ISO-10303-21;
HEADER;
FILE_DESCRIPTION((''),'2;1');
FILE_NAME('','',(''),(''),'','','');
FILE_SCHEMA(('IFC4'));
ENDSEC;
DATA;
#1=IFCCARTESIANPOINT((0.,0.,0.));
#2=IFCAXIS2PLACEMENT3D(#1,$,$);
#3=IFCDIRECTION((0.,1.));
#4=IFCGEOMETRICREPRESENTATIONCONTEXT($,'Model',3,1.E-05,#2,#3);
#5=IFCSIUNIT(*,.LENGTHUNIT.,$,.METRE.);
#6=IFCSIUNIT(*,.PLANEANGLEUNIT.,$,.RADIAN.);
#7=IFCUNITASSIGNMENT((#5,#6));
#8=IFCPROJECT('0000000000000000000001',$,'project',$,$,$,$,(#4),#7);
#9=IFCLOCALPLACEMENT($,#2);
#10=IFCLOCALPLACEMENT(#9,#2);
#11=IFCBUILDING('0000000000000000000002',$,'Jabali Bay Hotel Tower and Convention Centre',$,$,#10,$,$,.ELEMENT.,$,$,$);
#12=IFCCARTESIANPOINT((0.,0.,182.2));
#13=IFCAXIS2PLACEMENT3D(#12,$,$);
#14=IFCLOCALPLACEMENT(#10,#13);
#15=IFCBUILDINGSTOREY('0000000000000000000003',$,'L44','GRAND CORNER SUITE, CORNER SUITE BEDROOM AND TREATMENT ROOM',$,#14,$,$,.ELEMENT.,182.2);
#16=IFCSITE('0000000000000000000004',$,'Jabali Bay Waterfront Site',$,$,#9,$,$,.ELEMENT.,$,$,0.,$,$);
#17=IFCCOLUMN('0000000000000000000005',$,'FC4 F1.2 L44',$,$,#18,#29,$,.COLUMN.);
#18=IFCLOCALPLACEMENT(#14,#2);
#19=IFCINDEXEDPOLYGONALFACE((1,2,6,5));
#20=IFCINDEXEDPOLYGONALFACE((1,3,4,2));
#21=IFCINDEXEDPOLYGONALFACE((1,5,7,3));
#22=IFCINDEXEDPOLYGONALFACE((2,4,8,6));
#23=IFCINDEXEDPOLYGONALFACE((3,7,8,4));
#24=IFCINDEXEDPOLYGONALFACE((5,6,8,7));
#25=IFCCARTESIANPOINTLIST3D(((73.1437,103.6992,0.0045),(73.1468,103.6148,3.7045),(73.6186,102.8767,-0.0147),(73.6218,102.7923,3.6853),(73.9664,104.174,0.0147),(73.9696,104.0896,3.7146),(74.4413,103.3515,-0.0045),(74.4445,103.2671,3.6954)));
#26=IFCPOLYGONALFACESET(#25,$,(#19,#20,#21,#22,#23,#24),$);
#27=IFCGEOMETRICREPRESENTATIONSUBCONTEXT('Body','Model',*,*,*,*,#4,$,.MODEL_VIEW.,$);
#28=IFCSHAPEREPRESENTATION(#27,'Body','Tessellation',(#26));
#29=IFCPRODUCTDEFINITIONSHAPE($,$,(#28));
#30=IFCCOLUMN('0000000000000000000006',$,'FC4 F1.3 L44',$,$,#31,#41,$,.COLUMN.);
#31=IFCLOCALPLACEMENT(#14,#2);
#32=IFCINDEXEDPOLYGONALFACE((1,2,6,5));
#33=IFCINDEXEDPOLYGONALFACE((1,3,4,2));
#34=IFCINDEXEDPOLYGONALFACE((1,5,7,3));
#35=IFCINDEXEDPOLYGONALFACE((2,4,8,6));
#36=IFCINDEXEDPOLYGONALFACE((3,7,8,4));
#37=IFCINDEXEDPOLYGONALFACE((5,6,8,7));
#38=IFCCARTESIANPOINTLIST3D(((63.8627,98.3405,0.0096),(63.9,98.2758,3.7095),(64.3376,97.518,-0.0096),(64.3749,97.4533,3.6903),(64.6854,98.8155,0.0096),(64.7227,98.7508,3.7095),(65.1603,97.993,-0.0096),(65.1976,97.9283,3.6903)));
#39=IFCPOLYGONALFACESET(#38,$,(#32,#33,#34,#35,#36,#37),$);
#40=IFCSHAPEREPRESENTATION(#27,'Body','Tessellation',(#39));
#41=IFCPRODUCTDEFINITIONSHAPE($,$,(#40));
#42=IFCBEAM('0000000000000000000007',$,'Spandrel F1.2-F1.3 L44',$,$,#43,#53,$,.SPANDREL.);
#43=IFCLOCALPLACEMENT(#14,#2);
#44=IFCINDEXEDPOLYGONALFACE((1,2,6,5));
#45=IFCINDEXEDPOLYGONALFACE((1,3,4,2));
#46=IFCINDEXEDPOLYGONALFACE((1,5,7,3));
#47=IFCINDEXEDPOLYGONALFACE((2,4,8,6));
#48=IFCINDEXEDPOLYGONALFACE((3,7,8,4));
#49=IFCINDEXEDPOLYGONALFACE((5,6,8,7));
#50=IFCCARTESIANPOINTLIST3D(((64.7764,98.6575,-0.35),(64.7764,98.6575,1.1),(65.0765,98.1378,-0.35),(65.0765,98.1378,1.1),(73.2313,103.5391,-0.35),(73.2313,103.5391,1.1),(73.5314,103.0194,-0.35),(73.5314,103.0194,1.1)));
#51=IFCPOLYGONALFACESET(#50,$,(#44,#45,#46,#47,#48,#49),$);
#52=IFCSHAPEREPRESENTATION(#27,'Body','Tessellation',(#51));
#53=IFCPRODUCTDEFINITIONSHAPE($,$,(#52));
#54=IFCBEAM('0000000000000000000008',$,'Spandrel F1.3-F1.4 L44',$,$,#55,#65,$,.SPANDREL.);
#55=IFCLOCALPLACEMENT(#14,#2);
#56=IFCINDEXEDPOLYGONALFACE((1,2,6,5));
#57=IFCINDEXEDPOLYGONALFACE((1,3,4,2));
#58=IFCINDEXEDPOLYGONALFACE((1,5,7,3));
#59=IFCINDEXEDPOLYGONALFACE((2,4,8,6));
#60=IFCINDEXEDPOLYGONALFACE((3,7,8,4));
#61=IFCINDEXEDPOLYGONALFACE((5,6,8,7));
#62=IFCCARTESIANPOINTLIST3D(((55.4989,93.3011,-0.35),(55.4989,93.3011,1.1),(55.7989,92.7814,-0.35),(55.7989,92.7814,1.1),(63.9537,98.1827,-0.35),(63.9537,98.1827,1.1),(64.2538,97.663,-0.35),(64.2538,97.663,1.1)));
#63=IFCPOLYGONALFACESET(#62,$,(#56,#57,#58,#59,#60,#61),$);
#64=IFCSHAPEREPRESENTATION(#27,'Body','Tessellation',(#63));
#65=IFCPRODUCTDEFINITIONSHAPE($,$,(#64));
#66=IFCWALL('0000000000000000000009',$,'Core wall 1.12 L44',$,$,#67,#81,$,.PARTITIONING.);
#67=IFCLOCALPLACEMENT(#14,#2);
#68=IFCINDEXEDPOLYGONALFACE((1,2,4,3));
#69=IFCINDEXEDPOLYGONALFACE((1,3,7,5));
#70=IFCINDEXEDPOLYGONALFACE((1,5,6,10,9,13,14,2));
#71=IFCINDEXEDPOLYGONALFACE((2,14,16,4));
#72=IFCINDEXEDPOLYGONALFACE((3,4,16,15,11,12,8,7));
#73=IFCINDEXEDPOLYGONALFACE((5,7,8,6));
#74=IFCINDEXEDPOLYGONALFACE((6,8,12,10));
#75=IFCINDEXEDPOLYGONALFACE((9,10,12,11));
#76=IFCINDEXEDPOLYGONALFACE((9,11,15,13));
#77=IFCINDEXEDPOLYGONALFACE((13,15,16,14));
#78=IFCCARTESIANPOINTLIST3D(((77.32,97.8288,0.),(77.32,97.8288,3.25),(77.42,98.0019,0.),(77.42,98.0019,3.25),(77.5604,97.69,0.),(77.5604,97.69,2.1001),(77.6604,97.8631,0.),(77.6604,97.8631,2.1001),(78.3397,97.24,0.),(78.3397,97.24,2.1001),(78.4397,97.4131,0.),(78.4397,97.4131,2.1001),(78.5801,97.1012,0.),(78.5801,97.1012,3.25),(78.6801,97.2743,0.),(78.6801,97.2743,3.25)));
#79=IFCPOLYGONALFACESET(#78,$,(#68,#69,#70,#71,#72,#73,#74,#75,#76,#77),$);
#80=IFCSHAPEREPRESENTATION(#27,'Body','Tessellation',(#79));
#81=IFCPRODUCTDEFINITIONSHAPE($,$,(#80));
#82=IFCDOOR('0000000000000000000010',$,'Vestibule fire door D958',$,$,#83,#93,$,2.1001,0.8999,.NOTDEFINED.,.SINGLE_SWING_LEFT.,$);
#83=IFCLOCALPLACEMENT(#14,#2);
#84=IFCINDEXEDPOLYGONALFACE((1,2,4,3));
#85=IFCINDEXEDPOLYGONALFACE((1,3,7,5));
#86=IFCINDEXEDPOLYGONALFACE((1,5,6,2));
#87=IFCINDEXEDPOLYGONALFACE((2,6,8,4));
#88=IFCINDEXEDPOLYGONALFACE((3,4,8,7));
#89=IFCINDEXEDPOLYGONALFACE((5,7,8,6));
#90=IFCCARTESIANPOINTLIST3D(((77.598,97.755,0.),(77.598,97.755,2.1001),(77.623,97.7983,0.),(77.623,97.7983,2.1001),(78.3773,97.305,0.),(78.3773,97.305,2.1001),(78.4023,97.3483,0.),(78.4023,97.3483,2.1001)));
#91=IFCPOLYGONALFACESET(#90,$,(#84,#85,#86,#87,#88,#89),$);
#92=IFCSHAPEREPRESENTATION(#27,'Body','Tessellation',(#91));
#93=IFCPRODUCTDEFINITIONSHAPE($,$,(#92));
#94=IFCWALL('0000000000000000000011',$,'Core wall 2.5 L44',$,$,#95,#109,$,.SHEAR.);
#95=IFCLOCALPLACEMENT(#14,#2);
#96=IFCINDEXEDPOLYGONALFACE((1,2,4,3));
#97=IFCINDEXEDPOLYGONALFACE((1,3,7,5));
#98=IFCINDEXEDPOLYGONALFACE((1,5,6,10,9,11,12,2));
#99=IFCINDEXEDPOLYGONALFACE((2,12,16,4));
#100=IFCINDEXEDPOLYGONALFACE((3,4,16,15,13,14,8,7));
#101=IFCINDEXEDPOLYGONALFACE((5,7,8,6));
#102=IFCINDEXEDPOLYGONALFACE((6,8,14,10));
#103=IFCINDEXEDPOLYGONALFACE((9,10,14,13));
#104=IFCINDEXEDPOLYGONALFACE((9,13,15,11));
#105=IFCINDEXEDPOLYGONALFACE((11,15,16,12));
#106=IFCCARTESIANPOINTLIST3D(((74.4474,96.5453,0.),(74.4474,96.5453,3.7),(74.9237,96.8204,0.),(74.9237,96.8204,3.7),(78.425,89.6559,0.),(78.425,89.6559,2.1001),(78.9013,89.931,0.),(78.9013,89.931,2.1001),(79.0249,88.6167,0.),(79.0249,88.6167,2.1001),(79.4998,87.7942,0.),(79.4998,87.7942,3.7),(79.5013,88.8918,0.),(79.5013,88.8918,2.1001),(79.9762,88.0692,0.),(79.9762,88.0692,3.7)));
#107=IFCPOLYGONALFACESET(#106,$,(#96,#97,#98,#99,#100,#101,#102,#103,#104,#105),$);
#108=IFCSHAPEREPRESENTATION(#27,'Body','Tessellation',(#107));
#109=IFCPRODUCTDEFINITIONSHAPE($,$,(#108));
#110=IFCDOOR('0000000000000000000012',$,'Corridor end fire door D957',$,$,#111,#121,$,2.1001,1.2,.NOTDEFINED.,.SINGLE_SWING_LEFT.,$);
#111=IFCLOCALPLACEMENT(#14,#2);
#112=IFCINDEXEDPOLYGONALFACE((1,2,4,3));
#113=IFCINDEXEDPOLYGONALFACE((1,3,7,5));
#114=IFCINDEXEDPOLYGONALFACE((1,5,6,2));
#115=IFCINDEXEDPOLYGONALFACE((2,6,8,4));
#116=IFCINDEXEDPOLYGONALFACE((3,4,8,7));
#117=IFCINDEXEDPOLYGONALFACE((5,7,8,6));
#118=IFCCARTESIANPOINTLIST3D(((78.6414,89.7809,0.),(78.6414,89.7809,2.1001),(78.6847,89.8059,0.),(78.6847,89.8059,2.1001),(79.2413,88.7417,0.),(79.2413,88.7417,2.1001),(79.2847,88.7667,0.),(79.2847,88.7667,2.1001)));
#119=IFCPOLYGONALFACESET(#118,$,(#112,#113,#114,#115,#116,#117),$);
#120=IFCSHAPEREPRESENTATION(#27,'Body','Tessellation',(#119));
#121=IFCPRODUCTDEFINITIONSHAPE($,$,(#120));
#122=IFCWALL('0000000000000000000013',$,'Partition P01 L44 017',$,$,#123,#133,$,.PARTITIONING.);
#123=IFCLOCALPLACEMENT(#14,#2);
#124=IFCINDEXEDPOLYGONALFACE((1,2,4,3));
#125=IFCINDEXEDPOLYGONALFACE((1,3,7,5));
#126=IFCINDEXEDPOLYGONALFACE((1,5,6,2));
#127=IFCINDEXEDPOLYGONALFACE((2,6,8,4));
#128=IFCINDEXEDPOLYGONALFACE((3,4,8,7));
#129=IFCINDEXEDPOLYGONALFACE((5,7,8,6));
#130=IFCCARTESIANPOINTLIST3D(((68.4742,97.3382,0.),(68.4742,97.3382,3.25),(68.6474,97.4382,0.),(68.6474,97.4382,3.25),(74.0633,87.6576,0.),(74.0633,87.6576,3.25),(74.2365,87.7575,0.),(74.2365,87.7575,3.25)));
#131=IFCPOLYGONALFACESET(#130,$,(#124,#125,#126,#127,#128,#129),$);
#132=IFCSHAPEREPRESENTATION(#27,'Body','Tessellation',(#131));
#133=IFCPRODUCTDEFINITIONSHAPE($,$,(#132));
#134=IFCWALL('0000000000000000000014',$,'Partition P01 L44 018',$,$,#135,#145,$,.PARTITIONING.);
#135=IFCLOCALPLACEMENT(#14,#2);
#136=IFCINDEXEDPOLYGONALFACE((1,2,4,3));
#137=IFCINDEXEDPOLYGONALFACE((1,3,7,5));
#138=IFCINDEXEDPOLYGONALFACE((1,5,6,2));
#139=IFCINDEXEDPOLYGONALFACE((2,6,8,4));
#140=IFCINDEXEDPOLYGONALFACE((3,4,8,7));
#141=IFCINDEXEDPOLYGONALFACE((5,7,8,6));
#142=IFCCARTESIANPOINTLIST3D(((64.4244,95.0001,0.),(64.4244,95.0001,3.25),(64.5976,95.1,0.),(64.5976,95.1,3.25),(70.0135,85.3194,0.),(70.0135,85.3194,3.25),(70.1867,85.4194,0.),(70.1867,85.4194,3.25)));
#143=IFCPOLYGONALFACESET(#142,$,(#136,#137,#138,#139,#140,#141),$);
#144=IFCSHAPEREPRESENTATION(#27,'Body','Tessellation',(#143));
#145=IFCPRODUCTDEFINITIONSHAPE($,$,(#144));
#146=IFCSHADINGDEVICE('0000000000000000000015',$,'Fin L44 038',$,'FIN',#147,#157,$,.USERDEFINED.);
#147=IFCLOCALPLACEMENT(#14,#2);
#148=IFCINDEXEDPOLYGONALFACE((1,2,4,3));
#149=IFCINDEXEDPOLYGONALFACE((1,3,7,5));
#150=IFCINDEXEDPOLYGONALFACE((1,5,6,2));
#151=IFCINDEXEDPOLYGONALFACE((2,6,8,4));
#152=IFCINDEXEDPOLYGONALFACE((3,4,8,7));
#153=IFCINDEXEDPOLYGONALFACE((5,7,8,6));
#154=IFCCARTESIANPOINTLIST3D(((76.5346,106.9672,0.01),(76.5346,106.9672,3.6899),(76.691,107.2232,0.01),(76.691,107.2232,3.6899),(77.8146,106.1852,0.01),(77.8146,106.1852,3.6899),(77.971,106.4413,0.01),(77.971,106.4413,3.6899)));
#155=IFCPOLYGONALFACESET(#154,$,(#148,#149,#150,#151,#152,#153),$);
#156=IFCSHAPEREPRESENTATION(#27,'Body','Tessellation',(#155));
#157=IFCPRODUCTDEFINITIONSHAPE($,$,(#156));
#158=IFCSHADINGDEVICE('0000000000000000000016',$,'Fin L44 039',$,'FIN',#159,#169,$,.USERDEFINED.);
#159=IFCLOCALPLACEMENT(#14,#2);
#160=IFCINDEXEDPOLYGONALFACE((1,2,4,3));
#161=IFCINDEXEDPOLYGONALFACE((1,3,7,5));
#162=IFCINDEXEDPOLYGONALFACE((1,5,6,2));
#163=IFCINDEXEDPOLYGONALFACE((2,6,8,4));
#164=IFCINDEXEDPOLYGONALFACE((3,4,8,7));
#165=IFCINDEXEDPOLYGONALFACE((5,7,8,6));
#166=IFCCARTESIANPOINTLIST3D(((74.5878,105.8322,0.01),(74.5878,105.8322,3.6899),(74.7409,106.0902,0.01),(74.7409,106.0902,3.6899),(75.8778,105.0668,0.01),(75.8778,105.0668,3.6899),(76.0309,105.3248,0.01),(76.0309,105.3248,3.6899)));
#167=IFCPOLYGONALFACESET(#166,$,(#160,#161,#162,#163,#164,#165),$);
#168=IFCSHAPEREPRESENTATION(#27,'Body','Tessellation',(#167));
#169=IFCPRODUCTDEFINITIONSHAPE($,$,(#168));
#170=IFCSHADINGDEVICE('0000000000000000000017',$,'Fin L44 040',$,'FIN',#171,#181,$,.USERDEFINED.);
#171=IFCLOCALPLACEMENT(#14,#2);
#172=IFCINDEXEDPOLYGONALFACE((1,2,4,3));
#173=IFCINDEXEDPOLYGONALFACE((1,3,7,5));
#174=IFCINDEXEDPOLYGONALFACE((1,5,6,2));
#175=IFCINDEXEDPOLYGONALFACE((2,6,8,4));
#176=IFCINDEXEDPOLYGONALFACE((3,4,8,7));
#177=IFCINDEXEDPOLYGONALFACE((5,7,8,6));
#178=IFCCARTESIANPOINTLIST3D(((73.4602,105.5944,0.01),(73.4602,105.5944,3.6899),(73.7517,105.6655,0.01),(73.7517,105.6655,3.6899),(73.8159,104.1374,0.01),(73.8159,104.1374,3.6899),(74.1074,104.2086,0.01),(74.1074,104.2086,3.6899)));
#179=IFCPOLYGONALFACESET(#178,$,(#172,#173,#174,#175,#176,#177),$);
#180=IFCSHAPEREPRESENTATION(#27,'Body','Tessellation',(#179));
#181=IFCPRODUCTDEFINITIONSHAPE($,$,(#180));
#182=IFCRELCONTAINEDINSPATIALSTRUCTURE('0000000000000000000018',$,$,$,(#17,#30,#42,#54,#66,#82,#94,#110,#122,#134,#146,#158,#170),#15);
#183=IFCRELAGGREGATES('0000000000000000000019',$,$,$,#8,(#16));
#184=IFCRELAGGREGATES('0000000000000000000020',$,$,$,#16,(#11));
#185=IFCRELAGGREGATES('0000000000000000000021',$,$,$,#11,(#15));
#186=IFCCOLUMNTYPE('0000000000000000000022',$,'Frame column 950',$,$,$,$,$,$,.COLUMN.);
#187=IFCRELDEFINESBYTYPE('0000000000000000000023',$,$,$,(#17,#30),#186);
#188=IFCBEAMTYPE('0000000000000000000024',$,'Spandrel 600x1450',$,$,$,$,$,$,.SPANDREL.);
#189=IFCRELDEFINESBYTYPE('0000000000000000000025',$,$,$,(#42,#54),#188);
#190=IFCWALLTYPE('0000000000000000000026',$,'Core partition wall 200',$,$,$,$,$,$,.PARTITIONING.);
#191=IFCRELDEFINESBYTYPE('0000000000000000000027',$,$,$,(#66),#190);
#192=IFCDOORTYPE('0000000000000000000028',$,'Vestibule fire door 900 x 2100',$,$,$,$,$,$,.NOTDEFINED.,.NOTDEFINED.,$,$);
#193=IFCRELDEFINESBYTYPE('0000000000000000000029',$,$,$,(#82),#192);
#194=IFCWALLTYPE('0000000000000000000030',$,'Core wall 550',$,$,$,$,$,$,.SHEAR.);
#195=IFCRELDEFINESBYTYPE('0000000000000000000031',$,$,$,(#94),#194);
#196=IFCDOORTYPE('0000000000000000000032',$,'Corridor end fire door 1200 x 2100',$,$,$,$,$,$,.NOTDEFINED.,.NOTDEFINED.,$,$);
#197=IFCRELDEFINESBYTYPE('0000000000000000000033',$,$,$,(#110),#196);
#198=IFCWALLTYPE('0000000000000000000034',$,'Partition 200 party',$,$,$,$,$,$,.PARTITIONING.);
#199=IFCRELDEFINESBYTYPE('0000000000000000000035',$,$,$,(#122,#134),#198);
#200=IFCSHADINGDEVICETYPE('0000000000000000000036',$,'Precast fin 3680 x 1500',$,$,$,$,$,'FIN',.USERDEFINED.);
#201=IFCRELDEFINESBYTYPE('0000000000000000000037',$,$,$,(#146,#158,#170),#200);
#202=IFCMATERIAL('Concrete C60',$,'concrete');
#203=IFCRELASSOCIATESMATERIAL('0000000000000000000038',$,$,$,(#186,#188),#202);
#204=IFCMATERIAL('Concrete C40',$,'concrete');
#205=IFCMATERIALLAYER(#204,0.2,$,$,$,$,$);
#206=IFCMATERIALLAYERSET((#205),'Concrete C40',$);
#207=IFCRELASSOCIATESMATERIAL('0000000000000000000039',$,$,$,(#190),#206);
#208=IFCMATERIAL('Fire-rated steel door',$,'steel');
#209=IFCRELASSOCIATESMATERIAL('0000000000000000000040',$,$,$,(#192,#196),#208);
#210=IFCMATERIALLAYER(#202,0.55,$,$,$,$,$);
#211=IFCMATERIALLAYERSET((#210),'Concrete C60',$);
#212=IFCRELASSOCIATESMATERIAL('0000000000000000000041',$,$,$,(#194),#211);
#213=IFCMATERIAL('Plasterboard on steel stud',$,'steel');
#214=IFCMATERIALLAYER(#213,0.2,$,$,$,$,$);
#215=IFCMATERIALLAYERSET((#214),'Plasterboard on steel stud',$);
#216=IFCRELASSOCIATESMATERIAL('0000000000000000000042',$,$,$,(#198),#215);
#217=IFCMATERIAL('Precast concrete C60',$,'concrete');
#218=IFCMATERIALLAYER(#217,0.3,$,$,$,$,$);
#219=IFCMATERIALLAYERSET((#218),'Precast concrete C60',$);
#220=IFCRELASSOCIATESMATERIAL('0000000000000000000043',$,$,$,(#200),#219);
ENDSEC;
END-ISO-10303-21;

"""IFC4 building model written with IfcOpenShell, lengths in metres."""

from ifc_helpers import new_model, si_unit, direction, frame, frame_2d, origin, origin_2d, place, context, subcontext, project, spatial, rectangle, extrude, material, layer, layer_set, material_profile, profile_set, type_object, element, fill, save


model = new_model("IFC4")

# Units and contexts
model_context = context("Model", 3, precision=1e-05, world=origin(), true_north=direction((0.0, 1.0)))
body_context = subcontext(model_context, "Body", "Model", "MODEL_VIEW")
ifc_project = project(units=[si_unit("LENGTHUNIT", "METRE"), si_unit("PLANEANGLEUNIT", "RADIAN")], contexts=[model_context])

# Site, building, storey
site_placement = place(None, origin())
site = spatial("IfcSite", under=ifc_project, at=site_placement, Name="Jabali Bay Waterfront Site", CompositionType="ELEMENT", RefElevation=0.0)
building_placement = place(site_placement, origin())
building = spatial("IfcBuilding", under=site, at=building_placement, Name="Jabali Bay Hotel Tower and Convention Centre", CompositionType="ELEMENT")
storey_placement = place(building_placement, frame((0.0, 0.0, 182.2)))
storey = spatial("IfcBuildingStorey", under=building, at=storey_placement, Name="L44", Description="GRAND CORNER SUITE, CORNER SUITE BEDROOM AND TREATMENT ROOM", CompositionType="ELEMENT", Elevation=182.2)

# Columns
ifc_material_1 = material(Name="Concrete C60", Category="concrete")
ifc_material_profile_1 = material_profile(ifc_material_1, rectangle(XDim=0.95, YDim=0.95, at=origin_2d()), Name="Frame column 950")
ifc_profile_set_1 = profile_set([ifc_material_profile_1], Name="Concrete C60")
column_type = type_object("IfcColumnType", Name="Frame column 950", PredefinedType="COLUMN", material=ifc_profile_set_1)
column_1_placement = place(storey_placement, frame((73.7925, 103.5254, 0.0), z_axis=(0.000858, -0.022825, 0.999739), x_axis=(0.86606, 0.499826, 0.010668)))
element("IfcColumn", 1, at=column_1_placement, inside=storey, type_object=column_type, Name="FC4 F1.2 L44", PredefinedType="COLUMN", context=body_context, shape_type="SweptSolid", body=[
    extrude(rectangle(XDim=0.95, YDim=0.95, at=origin_2d()), origin(), (0.0, 0.0, 1.0), 3.7009),
])
column_2_placement = place(storey_placement, frame((64.5115, 98.1667, 0.0), z_axis=(0.010094, -0.017482, 0.999796), x_axis=(0.86602, 0.500009, 0.0)))
element("IfcColumn", 2, at=column_2_placement, inside=storey, type_object=column_type, Name="FC4 F1.3 L44", PredefinedType="COLUMN", context=body_context, shape_type="SweptSolid", body=[
    extrude(rectangle(XDim=0.95, YDim=0.95, at=origin_2d()), origin(), (0.0, 0.0, 1.0), 3.7007),
])

# Beams
ifc_material_profile_2 = material_profile(ifc_material_1, rectangle(XDim=0.6001, YDim=1.45, at=origin_2d()), Name="Spandrel 600x1450")
ifc_profile_set_2 = profile_set([ifc_material_profile_2], Name="Concrete C60")
beam_type = type_object("IfcBeamType", Name="Spandrel 600x1450", PredefinedType="SPANDREL", material=ifc_profile_set_2)
for number, where, z_axis, x_axis, name in (
    (3, (73.3813, 103.2793, 0.375), (-0.866017, -0.500015, 0.0), (0.500015, -0.866017, 0.0), "Spandrel F1.2-F1.3 L44"),
    (4, (64.1038, 97.9229, 0.375), (-0.866017, -0.500015, 0.0), (0.500015, -0.866017, 0.0), "Spandrel F1.3-F1.4 L44"),
):
    element("IfcBeam", number, at=place(storey_placement, frame(where, z_axis=z_axis, x_axis=x_axis)), inside=storey, type_object=beam_type, Name=name, PredefinedType="SPANDREL", context=body_context, shape_type="SweptSolid", body=[
        extrude(rectangle(XDim=0.6001, YDim=1.45, at=origin_2d()), origin(), (0.0, 0.0, 1.0), 9.7629),
    ])

# Walls, openings, doors
ifc_material_2 = material(Name="Concrete C40", Category="concrete")
ifc_layer_1 = layer(ifc_material_2, 0.2)
ifc_layer_set_1 = layer_set([ifc_layer_1], Name="Concrete C40")
wall_type_1 = type_object("IfcWallType", Name="Core partition wall 200", PredefinedType="PARTITIONING", material=ifc_layer_set_1)
wall_1_placement = place(storey_placement, frame((78.6301, 97.1877, 0.0), z_axis=(0.0, 0.0, 1.0), x_axis=(-0.866004, 0.500037, 0.0)))
wall_1 = element("IfcWall", 5, at=wall_1_placement, inside=storey, type_object=wall_type_1, Name="Core wall 1.12 L44", PredefinedType="PARTITIONING", context=body_context, shape_type="SweptSolid", body=[
    extrude(rectangle(XDim=1.4551, YDim=0.2, at=frame_2d((0.7275, 0.0))), origin(), (0.0, 0.0, 1.0), 3.25),
])
opening_1_placement = place(wall_1_placement, frame((0.2776, 0.0, 0.0)))
opening_1 = element("IfcOpeningElement", 6, at=opening_1_placement, cuts=wall_1, PredefinedType="OPENING", context=body_context, shape_type="SweptSolid", body=[
    extrude(rectangle(XDim=0.8999, YDim=2.1001, at=frame_2d((0.45, 1.05))), frame((0.0, 0.1104, 0.0), z_axis=(0.0, -1.0, 0.0), x_axis=(1.0, 0.0, 0.0)), (0.0, 0.0, 1.0), 0.2209),
])
ifc_material_3 = material(Name="Fire-rated steel door", Category="steel")
door_type_1 = type_object("IfcDoorType", Name="Vestibule fire door 900 x 2100", OperationType="NOTDEFINED", PredefinedType="NOTDEFINED", material=ifc_material_3)
door_1_placement = place(opening_1_placement, origin())
door_1 = element("IfcDoor", 7, at=door_1_placement, inside=storey, type_object=door_type_1, Name="Vestibule fire door D958", OperationType="SINGLE_SWING_LEFT", OverallHeight=2.1001, OverallWidth=0.8999, PredefinedType="NOTDEFINED", context=body_context, shape_type="SweptSolid", body=[
    extrude(rectangle(XDim=0.8999, YDim=2.1001, at=frame_2d((0.45, 1.05))), frame((0.0, 0.0249, 0.0), z_axis=(0.0, -1.0, 0.0), x_axis=(1.0, 0.0, 0.0)), (0.0, 0.0, 1.0), 0.05),
])
fill(opening_1, door_1)
ifc_layer_2 = layer(ifc_material_1, 0.55)
ifc_layer_set_2 = layer_set([ifc_layer_2], Name="Concrete C60")
wall_type_2 = type_object("IfcWallType", Name="Core wall 550", PredefinedType="SHEAR", material=ifc_layer_set_2)
wall_2_placement = place(storey_placement, frame((74.6855, 96.6829, 0.0), z_axis=(0.0, 0.0, 1.0), x_axis=(0.499998, -0.866027, 0.0)))
wall_2 = element("IfcWall", 8, at=wall_2_placement, inside=storey, type_object=wall_type_2, Name="Core wall 2.5 L44", PredefinedType="SHEAR", context=body_context, shape_type="SweptSolid", body=[
    extrude(rectangle(XDim=10.105, YDim=0.55, at=frame_2d((5.0525, 0.0))), origin(), (0.0, 0.0, 1.0), 3.7),
])
opening_2_placement = place(wall_2_placement, frame((7.9551, 0.0, 0.0)))
opening_2 = element("IfcOpeningElement", 9, at=opening_2_placement, cuts=wall_2, PredefinedType="OPENING", context=body_context, shape_type="SweptSolid", body=[
    extrude(rectangle(XDim=1.2, YDim=2.1001, at=frame_2d((0.6001, 1.05))), frame((0.0, 0.2856, 0.0), z_axis=(0.0, -1.0, 0.0), x_axis=(1.0, 0.0, 0.0)), (0.0, 0.0, 1.0), 0.571),
])
door_type_2 = type_object("IfcDoorType", Name="Corridor end fire door 1200 x 2100", OperationType="NOTDEFINED", PredefinedType="NOTDEFINED", material=ifc_material_3)
door_2_placement = place(opening_2_placement, origin())
door_2 = element("IfcDoor", 10, at=door_2_placement, inside=storey, type_object=door_type_2, Name="Corridor end fire door D957", OperationType="SINGLE_SWING_LEFT", OverallHeight=2.1001, OverallWidth=1.2, PredefinedType="NOTDEFINED", context=body_context, shape_type="SweptSolid", body=[
    extrude(rectangle(XDim=1.2, YDim=2.1001, at=frame_2d((0.6001, 1.05))), frame((0.0, 0.0249, 0.0), z_axis=(0.0, -1.0, 0.0), x_axis=(1.0, 0.0, 0.0)), (0.0, 0.0, 1.0), 0.05),
])
fill(opening_2, door_2)

# Walls
ifc_material_4 = material(Name="Plasterboard on steel stud", Category="steel")
ifc_layer_3 = layer(ifc_material_4, 0.2)
ifc_layer_set_3 = layer_set([ifc_layer_3], Name="Plasterboard on steel stud")
wall_type_3 = type_object("IfcWallType", Name="Partition 200 party", PredefinedType="PARTITIONING", material=ifc_layer_set_3)
for number, where, z_axis, x_axis, name in (
    (11, (68.5608, 97.3882, 0.0), (0.0, 0.0, 1.0), (0.499998, -0.866026, 0.0), "Partition P01 L44 017"),
    (12, (64.511, 95.05, 0.0), (0.0, 0.0, 1.0), (0.499998, -0.866026, 0.0), "Partition P01 L44 018"),
):
    element("IfcWall", number, at=place(storey_placement, frame(where, z_axis=z_axis, x_axis=x_axis)), inside=storey, type_object=wall_type_3, Name=name, PredefinedType="PARTITIONING", context=body_context, shape_type="SweptSolid", body=[
        extrude(rectangle(XDim=11.1782, YDim=0.2, at=frame_2d((5.5891, 0.0))), origin(), (0.0, 0.0, 1.0), 3.25),
    ])

# Shading devices
ifc_material_5 = material(Name="Precast concrete C60", Category="concrete")
ifc_layer_4 = layer(ifc_material_5, 0.3)
ifc_layer_set_4 = layer_set([ifc_layer_4], Name="Precast concrete C60")
shading_device_type = type_object("IfcShadingDeviceType", Name="Precast fin 3680 x 1500", ElementType="FIN", PredefinedType="USERDEFINED", material=ifc_layer_set_4)
for number, where, z_axis, x_axis, name in (
    (13, (77.8928, 106.3132, 0.01), (0.0, 0.0, 1.0), (-0.853358, 0.521325, 0.0), "Fin L44 038"),
    (14, (75.9543, 105.1958, 0.01), (0.0, 0.0, 1.0), (-0.860024, 0.510253, 0.0), "Fin L44 039"),
):
    element("IfcShadingDevice", number, at=place(storey_placement, frame(where, z_axis=z_axis, x_axis=x_axis)), inside=storey, type_object=shading_device_type, Name=name, ObjectType="FIN", PredefinedType="USERDEFINED", context=body_context, shape_type="SweptSolid", body=[
        extrude(rectangle(XDim=1.5, YDim=0.3, at=frame_2d((0.75, 0.0))), origin(), (0.0, 0.0, 1.0), 3.6799),
    ])
shading_device_1_placement = place(storey_placement, frame((73.9617, 104.1729, 0.01), z_axis=(0.0, 0.0, 1.0), x_axis=(-0.23717, 0.971468, 0.0)))
element("IfcShadingDevice", 15, at=shading_device_1_placement, inside=storey, type_object=shading_device_type, Name="Fin L44 040", ObjectType="FIN", PredefinedType="USERDEFINED", context=body_context, shape_type="SweptSolid", body=[
    extrude(rectangle(XDim=1.4998, YDim=0.3, at=frame_2d((0.75, 0.0))), origin(), (0.0, 0.0, 1.0), 3.6799),
])

save(model, "model.ifc")
